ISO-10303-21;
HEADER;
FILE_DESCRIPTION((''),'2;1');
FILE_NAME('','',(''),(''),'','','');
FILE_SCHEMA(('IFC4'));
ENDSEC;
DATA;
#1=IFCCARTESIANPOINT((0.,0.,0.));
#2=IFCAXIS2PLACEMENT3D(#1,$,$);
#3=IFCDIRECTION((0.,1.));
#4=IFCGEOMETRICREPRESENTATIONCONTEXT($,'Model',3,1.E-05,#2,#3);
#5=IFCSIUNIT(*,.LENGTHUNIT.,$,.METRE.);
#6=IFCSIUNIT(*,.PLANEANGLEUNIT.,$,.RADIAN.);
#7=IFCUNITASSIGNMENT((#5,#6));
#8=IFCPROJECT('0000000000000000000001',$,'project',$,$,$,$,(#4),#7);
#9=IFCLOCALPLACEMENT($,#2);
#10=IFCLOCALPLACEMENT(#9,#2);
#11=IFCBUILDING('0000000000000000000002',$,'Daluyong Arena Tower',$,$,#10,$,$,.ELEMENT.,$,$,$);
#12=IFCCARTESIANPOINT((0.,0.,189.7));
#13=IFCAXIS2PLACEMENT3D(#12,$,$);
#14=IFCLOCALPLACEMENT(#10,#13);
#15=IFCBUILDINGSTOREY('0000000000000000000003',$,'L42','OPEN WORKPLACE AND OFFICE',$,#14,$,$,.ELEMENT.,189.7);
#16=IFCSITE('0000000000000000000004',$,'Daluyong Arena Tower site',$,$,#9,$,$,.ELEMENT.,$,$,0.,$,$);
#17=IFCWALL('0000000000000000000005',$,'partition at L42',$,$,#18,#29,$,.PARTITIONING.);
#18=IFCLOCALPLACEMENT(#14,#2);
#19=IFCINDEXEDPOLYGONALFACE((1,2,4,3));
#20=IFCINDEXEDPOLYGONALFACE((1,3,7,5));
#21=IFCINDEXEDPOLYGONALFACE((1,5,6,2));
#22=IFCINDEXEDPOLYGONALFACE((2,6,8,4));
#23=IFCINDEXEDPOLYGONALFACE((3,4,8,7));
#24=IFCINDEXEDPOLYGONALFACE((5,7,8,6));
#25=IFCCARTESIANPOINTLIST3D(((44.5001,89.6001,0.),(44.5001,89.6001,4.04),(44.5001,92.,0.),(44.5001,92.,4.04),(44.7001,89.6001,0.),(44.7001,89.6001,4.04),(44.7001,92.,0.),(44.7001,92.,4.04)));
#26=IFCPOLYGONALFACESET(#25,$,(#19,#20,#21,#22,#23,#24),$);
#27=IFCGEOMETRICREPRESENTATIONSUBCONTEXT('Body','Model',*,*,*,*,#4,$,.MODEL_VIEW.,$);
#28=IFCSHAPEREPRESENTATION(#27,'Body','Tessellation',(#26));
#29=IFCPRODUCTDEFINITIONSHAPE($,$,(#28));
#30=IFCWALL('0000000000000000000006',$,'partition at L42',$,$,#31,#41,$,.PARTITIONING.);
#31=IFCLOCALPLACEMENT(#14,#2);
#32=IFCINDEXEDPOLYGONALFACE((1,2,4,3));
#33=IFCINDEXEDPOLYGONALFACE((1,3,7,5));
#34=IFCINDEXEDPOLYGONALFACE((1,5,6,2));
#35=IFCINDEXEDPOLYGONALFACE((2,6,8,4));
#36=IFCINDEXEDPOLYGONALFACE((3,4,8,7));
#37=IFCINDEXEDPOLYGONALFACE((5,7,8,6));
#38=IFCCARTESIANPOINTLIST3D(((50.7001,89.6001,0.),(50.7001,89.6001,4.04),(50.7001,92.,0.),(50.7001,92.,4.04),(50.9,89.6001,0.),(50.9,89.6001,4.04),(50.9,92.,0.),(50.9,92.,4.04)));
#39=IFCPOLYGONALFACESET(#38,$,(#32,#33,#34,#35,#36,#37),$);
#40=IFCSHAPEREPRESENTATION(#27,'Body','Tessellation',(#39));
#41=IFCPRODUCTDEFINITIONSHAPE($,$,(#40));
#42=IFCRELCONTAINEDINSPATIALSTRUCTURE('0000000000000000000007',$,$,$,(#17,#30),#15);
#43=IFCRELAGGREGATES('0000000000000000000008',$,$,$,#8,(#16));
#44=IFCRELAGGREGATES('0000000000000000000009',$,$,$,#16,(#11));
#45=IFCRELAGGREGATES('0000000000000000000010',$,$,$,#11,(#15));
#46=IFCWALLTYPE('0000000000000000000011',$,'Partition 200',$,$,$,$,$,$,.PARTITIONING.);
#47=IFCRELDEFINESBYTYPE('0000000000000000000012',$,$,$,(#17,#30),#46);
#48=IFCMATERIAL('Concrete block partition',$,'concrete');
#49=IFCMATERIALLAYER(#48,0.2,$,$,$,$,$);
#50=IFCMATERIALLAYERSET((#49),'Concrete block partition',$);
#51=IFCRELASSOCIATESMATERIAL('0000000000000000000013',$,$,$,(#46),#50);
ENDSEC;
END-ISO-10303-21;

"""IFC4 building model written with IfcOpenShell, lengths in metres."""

from ifc_helpers import new_model, si_unit, direction, frame, frame_2d, origin, place, context, subcontext, project, spatial, rectangle, extrude, material, layer, layer_set, type_object, element, save


model = new_model("IFC4")

# Units and contexts
model_context = context("Model", 3, precision=1e-05, world=origin(), true_north=direction((0.0, 1.0)))
body_context = subcontext(model_context, "Body", "Model", "MODEL_VIEW")
ifc_project = project(units=[si_unit("LENGTHUNIT", "METRE"), si_unit("PLANEANGLEUNIT", "RADIAN")], contexts=[model_context])

# Site, building, storey
site_placement = place(None, origin())
site = spatial("IfcSite", under=ifc_project, at=site_placement, Name="Daluyong Arena Tower site", CompositionType="ELEMENT", RefElevation=0.0)
building_placement = place(site_placement, origin())
building = spatial("IfcBuilding", under=site, at=building_placement, Name="Daluyong Arena Tower", CompositionType="ELEMENT")
storey_placement = place(building_placement, frame((0.0, 0.0, 189.7)))
storey = spatial("IfcBuildingStorey", under=building, at=storey_placement, Name="L42", Description="OPEN WORKPLACE AND OFFICE", CompositionType="ELEMENT", Elevation=189.7)

# Walls
ifc_material_1 = material(Name="Concrete block partition", Category="concrete")
ifc_layer_1 = layer(ifc_material_1, 0.2)
ifc_layer_set_1 = layer_set([ifc_layer_1], Name="Concrete block partition")
wall_type_1 = type_object("IfcWallType", Name="Partition 200", PredefinedType="PARTITIONING", material=ifc_layer_set_1)
for number, where, z_axis, x_axis, name in (
    (1, (44.6001, 89.6001, 0.0), (0.0, 0.0, 1.0), (0.0, 1.0, 0.0), "partition at L42"),
    (2, (50.8, 89.6001, 0.0), (0.0, 0.0, 1.0), (0.0, 1.0, 0.0), "partition at L42"),
):
    element("IfcWall", number, at=place(storey_placement, frame(where, z_axis=z_axis, x_axis=x_axis)), inside=storey, type_object=wall_type_1, Name=name, PredefinedType="PARTITIONING", context=body_context, shape_type="SweptSolid", body=[
        extrude(rectangle(XDim=2.3999, YDim=0.2, at=frame_2d((1.2, 0.0))), origin(), (0.0, 0.0, 1.0), 4.04),
    ])

save(model, "model.ifc")
